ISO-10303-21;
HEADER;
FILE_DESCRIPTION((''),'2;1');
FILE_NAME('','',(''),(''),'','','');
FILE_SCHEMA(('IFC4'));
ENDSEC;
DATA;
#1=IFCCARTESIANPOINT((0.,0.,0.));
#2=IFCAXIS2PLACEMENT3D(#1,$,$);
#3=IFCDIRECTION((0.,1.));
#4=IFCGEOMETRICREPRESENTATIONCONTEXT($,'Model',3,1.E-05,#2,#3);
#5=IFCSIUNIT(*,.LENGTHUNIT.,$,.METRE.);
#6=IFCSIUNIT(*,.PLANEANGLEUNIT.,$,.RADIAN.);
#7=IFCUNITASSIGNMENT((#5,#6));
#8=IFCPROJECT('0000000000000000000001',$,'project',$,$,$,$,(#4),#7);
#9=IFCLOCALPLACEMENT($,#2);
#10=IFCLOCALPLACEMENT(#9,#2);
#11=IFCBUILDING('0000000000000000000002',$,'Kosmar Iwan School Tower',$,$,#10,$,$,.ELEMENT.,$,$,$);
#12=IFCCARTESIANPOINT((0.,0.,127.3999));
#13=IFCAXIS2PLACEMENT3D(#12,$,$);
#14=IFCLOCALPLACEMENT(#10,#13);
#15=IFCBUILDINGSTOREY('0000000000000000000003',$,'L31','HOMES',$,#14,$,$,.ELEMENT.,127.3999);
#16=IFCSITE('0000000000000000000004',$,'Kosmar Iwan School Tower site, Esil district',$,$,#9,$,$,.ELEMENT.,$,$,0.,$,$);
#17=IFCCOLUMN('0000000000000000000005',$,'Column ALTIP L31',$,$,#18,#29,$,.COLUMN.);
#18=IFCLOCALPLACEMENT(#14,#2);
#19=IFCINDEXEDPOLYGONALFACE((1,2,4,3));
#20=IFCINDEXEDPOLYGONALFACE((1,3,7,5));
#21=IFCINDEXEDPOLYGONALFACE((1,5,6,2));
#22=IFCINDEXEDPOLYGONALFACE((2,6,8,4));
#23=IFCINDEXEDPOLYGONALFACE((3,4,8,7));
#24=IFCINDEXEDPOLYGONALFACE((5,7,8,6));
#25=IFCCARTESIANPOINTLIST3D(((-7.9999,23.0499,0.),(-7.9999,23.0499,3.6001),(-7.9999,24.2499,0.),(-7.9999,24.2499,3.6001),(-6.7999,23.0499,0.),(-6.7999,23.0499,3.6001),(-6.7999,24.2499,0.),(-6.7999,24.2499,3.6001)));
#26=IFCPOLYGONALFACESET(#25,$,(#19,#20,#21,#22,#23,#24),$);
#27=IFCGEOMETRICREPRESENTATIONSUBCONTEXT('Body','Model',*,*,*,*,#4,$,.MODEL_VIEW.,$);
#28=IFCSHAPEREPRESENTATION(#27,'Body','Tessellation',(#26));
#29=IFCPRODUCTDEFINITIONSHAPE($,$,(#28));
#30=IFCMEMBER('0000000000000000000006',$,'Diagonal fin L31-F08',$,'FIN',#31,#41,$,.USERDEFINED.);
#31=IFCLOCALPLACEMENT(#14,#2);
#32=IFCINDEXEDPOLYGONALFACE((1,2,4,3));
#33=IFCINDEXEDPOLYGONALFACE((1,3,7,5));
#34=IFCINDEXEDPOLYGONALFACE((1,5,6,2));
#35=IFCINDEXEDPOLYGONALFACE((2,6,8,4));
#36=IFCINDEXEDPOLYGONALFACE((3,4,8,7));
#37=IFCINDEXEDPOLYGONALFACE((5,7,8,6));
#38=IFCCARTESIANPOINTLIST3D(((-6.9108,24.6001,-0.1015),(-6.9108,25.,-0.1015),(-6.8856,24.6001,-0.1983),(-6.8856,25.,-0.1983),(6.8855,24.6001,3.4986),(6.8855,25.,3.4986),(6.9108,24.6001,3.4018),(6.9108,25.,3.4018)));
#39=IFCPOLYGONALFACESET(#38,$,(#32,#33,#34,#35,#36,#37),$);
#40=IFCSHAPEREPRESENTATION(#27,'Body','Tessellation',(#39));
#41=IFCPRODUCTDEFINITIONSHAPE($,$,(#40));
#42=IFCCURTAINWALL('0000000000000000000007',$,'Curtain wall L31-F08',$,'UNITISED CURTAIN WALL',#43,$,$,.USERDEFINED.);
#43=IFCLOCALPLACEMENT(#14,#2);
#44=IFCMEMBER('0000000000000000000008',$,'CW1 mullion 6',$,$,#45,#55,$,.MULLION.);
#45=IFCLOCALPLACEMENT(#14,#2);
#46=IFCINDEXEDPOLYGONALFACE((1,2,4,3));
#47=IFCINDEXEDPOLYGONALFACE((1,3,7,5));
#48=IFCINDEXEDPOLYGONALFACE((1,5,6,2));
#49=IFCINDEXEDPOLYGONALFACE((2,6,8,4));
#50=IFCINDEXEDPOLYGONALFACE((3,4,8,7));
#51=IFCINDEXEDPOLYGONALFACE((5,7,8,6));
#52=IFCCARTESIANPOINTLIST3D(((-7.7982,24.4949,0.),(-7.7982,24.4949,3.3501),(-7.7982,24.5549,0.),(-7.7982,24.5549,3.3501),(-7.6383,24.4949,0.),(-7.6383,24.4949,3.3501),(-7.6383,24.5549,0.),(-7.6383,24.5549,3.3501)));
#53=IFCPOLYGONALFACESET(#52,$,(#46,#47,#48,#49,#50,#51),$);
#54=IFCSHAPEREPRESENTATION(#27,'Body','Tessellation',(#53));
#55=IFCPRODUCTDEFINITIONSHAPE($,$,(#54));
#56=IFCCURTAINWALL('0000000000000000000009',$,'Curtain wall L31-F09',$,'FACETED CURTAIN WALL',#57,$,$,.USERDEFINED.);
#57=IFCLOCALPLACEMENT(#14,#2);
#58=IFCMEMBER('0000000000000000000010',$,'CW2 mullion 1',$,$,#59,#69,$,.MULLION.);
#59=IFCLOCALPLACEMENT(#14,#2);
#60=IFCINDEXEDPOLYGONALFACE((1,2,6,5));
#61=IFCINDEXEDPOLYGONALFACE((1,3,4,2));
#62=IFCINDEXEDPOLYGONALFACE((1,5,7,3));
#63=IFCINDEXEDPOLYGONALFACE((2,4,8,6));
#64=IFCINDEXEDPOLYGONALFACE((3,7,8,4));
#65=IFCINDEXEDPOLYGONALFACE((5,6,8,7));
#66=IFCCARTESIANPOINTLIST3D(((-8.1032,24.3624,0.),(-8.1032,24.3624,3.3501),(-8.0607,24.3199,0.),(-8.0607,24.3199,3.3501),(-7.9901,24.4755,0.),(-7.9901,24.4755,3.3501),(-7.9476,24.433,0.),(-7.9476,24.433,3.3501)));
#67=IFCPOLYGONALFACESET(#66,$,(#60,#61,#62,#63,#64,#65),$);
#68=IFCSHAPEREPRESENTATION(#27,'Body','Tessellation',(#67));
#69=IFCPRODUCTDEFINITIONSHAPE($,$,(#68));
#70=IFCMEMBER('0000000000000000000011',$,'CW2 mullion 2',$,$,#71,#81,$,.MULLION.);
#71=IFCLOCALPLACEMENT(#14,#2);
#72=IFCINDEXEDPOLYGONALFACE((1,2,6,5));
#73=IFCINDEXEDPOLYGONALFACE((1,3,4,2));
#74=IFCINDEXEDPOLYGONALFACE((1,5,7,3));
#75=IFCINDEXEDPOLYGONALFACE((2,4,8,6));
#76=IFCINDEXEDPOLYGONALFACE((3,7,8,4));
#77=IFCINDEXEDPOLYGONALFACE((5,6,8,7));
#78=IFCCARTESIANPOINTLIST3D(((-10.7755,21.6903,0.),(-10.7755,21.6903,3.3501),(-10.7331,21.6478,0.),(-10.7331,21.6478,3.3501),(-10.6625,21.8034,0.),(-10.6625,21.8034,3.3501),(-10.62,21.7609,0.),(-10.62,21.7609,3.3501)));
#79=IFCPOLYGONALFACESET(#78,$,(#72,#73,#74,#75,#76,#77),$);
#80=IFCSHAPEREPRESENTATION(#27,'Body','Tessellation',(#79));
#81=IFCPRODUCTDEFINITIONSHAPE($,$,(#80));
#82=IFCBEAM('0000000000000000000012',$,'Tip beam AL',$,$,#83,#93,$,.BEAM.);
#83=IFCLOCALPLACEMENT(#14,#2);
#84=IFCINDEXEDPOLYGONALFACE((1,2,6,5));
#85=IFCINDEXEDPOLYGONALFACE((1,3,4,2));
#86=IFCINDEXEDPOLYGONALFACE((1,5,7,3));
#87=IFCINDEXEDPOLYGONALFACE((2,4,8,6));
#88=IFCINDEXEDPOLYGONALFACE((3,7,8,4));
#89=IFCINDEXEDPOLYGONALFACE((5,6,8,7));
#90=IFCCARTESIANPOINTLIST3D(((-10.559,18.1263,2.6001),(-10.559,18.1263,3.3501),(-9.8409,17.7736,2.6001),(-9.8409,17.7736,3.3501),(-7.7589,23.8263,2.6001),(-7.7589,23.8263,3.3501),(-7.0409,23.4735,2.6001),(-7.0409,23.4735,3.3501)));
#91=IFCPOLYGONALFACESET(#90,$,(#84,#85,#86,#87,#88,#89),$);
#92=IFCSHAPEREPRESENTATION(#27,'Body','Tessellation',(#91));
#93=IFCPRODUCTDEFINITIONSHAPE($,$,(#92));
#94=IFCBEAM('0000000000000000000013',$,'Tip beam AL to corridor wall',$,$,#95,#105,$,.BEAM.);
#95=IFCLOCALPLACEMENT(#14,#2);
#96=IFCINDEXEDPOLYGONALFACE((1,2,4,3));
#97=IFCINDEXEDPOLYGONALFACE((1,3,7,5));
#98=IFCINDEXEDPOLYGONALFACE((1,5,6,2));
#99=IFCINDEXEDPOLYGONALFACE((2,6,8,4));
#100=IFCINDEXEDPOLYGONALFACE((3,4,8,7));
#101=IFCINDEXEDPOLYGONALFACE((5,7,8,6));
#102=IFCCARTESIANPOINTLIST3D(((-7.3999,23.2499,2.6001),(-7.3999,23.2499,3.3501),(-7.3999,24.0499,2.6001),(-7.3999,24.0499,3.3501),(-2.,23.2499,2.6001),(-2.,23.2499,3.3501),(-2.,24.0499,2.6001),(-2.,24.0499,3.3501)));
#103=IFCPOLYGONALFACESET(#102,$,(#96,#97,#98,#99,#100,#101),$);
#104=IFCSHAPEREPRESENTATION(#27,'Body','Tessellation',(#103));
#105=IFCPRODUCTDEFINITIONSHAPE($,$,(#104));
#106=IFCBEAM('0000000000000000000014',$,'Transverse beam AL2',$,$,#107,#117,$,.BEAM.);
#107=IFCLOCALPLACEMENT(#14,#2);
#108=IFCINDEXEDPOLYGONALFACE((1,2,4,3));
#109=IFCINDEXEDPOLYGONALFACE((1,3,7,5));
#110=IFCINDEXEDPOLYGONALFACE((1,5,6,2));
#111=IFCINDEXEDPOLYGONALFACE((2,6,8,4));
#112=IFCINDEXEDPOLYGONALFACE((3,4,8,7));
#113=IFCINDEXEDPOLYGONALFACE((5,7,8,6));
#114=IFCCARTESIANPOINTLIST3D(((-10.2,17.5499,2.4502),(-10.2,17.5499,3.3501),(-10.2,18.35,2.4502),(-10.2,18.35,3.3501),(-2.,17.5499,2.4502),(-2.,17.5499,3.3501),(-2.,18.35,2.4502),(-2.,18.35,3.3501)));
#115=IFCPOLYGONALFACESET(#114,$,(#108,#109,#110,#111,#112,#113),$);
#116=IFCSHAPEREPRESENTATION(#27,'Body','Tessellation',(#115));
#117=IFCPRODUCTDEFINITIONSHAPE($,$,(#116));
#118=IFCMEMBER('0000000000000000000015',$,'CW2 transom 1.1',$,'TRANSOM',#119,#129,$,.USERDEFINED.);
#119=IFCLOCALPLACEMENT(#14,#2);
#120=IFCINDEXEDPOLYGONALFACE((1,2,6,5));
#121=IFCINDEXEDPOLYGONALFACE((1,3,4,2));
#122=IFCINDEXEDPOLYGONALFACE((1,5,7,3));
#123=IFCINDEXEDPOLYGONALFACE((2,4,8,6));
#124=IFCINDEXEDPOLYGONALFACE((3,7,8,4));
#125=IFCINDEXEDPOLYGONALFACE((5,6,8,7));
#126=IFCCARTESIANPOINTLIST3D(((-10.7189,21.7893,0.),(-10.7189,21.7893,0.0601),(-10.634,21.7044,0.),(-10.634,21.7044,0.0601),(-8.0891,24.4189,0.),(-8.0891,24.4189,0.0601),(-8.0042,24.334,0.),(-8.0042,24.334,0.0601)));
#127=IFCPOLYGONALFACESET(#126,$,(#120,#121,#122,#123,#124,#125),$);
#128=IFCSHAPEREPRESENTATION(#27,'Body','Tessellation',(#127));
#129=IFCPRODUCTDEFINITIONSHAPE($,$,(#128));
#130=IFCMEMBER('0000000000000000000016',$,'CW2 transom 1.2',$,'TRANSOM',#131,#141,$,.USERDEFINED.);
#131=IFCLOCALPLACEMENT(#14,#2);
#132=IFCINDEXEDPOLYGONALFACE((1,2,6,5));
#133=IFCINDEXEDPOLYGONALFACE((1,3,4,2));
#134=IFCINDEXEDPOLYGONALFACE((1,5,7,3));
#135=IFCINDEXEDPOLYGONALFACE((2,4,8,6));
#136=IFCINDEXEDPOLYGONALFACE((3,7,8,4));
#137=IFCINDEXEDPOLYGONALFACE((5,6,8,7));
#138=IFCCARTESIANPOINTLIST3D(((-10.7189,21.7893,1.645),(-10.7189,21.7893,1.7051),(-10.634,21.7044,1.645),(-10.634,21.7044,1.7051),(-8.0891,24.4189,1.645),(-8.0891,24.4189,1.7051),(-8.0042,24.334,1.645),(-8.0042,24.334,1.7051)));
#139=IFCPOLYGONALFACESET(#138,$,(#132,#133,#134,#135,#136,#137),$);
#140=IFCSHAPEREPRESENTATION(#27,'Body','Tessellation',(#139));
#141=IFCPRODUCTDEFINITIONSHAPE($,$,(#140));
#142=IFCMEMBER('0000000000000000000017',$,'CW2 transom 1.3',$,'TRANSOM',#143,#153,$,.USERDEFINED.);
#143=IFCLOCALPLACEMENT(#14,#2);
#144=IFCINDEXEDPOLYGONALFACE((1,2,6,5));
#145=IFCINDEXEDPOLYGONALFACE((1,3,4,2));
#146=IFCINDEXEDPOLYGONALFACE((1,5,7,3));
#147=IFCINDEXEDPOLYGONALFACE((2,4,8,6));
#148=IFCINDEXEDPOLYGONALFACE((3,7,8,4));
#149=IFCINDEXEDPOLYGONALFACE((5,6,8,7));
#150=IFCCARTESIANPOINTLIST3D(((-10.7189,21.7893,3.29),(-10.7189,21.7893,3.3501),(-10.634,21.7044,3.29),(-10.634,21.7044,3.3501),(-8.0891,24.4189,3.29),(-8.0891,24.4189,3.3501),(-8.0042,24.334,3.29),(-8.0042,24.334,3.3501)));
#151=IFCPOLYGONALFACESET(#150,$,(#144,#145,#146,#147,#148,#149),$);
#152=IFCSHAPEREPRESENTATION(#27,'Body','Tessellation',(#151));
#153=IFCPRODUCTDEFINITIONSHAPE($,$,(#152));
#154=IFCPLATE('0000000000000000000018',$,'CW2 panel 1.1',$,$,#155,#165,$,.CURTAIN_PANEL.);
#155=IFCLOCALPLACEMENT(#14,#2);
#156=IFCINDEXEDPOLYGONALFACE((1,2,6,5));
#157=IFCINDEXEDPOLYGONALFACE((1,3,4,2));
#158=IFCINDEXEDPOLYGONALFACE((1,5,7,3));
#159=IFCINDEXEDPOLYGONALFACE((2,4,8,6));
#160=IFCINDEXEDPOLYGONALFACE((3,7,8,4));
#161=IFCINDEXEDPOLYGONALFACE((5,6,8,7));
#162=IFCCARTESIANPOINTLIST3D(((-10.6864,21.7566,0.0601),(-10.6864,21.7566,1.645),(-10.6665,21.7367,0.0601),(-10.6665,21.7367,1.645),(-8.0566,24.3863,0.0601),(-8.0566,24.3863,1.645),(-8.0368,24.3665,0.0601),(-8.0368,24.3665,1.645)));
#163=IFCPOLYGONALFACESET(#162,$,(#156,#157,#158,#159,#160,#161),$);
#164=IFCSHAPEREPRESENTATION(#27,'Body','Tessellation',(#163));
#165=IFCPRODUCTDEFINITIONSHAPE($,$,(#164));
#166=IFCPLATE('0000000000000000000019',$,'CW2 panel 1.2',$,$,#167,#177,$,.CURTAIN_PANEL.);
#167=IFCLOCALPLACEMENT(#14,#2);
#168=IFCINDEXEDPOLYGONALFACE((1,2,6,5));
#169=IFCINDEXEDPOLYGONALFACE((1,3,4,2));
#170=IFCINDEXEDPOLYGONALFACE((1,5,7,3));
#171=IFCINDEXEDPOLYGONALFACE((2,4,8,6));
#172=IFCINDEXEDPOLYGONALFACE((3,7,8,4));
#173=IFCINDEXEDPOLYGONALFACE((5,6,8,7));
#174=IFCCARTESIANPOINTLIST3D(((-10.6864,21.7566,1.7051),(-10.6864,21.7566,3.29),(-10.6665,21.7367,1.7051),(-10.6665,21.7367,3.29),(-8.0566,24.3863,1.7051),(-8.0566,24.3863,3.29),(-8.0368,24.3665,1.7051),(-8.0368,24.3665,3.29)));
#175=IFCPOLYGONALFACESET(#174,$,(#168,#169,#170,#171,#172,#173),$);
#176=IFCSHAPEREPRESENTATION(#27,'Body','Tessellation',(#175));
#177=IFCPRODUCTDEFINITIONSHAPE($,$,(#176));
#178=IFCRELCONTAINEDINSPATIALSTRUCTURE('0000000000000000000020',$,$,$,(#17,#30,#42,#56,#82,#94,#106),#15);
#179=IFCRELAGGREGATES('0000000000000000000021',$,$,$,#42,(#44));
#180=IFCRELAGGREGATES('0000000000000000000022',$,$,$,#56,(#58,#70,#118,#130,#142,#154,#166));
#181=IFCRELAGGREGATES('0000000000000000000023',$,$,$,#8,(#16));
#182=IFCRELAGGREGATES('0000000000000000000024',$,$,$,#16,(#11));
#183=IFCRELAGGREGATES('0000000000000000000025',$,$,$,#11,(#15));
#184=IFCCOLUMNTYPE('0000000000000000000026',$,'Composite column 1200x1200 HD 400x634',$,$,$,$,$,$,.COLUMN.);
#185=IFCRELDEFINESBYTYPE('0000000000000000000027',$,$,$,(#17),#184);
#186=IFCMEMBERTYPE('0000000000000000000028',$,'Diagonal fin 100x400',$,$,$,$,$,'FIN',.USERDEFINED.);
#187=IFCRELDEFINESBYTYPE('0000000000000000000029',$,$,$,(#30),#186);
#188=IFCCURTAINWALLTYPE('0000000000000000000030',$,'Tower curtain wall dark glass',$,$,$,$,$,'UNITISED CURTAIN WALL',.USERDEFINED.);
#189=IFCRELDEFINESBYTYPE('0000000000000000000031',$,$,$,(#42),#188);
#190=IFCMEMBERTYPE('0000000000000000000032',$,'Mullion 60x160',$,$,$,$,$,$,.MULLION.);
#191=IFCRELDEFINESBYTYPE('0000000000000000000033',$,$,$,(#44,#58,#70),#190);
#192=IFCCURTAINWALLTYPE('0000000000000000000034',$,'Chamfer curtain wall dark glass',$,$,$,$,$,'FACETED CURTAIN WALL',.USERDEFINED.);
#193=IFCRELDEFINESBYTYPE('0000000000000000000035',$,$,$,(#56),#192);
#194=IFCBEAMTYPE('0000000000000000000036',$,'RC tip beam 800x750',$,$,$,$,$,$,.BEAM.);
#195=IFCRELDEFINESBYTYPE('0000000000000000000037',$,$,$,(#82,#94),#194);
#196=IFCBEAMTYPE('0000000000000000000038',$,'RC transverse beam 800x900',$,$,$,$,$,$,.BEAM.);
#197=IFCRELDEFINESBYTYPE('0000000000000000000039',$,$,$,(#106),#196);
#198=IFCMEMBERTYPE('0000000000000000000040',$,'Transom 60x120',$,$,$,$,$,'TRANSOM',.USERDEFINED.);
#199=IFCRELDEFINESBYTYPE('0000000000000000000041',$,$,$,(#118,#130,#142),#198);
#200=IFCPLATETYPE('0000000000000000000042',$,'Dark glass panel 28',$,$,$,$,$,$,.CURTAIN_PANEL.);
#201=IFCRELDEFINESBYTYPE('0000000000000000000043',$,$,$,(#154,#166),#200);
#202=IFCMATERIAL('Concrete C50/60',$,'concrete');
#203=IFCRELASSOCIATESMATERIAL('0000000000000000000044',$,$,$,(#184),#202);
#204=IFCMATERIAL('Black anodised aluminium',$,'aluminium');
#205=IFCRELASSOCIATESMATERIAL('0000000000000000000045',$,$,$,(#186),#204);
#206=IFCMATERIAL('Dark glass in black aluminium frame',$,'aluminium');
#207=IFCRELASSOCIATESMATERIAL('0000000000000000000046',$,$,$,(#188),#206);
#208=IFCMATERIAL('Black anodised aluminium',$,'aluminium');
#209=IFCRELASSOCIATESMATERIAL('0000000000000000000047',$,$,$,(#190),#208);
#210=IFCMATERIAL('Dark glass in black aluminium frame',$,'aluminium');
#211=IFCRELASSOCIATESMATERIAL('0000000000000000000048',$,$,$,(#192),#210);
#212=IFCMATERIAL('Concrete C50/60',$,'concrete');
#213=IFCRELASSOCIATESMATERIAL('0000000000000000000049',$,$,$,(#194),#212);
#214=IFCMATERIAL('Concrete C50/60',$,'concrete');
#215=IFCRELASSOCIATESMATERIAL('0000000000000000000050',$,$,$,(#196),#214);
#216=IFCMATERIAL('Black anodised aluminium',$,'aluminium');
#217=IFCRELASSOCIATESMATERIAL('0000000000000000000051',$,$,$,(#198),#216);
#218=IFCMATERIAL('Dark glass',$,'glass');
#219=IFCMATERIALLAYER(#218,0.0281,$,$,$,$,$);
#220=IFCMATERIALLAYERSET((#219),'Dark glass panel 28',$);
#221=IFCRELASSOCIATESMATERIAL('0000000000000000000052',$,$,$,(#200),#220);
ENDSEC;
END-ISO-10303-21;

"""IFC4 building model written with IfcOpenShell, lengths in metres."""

from ifc_helpers import new_model, si_unit, direction, frame, origin, origin_2d, place, context, subcontext, project, spatial, rectangle, extrude, material, layer, layer_set, material_profile, profile_set, type_object, element, aggregate, save


model = new_model("IFC4")

# Units and contexts
model_context = context("Model", 3, precision=1e-05, world=origin(), true_north=direction((0.0, 1.0)))
body_context = subcontext(model_context, "Body", "Model", "MODEL_VIEW")
ifc_project = project(units=[si_unit("LENGTHUNIT", "METRE"), si_unit("PLANEANGLEUNIT", "RADIAN")], contexts=[model_context])

# Site, building, storey
site_placement = place(None, origin())
site = spatial("IfcSite", under=ifc_project, at=site_placement, Name="Kosmar Iwan School Tower site, Esil district", CompositionType="ELEMENT", RefElevation=0.0)
building_placement = place(site_placement, origin())
building = spatial("IfcBuilding", under=site, at=building_placement, Name="Kosmar Iwan School Tower", CompositionType="ELEMENT")
storey_placement = place(building_placement, frame((0.0, 0.0, 127.3999)))
storey = spatial("IfcBuildingStorey", under=building, at=storey_placement, Name="L31", Description="HOMES", CompositionType="ELEMENT", Elevation=127.3999)

# Column
ifc_material_1 = material(Name="Concrete C50/60", Category="concrete")
ifc_material_profile_1 = material_profile(ifc_material_1, rectangle(XDim=1.2, YDim=1.2, at=origin_2d()), Name="RC 1200x1200 + HD 400x634")
ifc_profile_set_1 = profile_set([ifc_material_profile_1], Name="Concrete C50/60")
column_type = type_object("IfcColumnType", Name="Composite column 1200x1200 HD 400x634", PredefinedType="COLUMN", material=ifc_profile_set_1)
column_placement = place(storey_placement, frame((-7.3999, 23.6499, 0.0), z_axis=(0.0, 0.0, 1.0), x_axis=(0.0, 1.0, 0.0)))
element("IfcColumn", 1, at=column_placement, inside=storey, type_object=column_type, Name="Column ALTIP L31", PredefinedType="COLUMN", context=body_context, shape_type="SweptSolid", body=[
    extrude(rectangle(XDim=1.2, YDim=1.2, at=origin_2d()), origin(), (0.0, 0.0, 1.0), 3.6001),
])

# Member
ifc_material_2 = material(Name="Black anodised aluminium", Category="aluminium")
ifc_material_profile_2 = material_profile(ifc_material_2, rectangle(XDim=0.1001, YDim=0.3999, at=origin_2d()), Name="FIN 100x400")
ifc_profile_set_2 = profile_set([ifc_material_profile_2], Name="Black anodised aluminium")
member_type_1 = type_object("IfcMemberType", Name="Diagonal fin 100x400", ElementType="FIN", PredefinedType="USERDEFINED", material=ifc_profile_set_2)
member_1_placement = place(storey_placement, frame((-6.8982, 24.8, -0.1499), z_axis=(0.967599, 0.0, 0.25249), x_axis=(-0.25249, 0.0, 0.967599)))
element("IfcMember", 2, at=member_1_placement, inside=storey, type_object=member_type_1, Name="Diagonal fin L31-F08", ObjectType="FIN", PredefinedType="USERDEFINED", context=body_context, shape_type="SweptSolid", body=[
    extrude(rectangle(XDim=0.1001, YDim=0.3999, at=origin_2d()), origin(), (0.0, 0.0, 1.0), 14.2583),
])

# Curtain wall, member
ifc_material_3 = material(Name="Dark glass in black aluminium frame", Category="aluminium")
curtain_wall_type_1 = type_object("IfcCurtainWallType", Name="Tower curtain wall dark glass", ElementType="UNITISED CURTAIN WALL", PredefinedType="USERDEFINED", material=ifc_material_3)
curtain_wall_1_placement = place(storey_placement, origin())
curtain_wall_1 = element("IfcCurtainWall", 3, at=curtain_wall_1_placement, inside=storey, type_object=curtain_wall_type_1, Name="Curtain wall L31-F08", ObjectType="UNITISED CURTAIN WALL", PredefinedType="USERDEFINED")
ifc_material_4 = material(Name="Black anodised aluminium", Category="aluminium")
ifc_material_profile_3 = material_profile(ifc_material_4, rectangle(XDim=0.0601, YDim=0.1599, at=origin_2d()), Name="MULLION 60x160")
ifc_profile_set_3 = profile_set([ifc_material_profile_3], Name="Black anodised aluminium")
member_type_2 = type_object("IfcMemberType", Name="Mullion 60x160", PredefinedType="MULLION", material=ifc_profile_set_3)
member_2_placement = place(storey_placement, frame((-7.7183, 24.5249, 0.0), z_axis=(0.0, 0.0, 1.0), x_axis=(0.0, -1.0, 0.0)))
member_2 = element("IfcMember", 4, at=member_2_placement, type_object=member_type_2, Name="CW1 mullion 6", PredefinedType="MULLION", context=body_context, shape_type="SweptSolid", body=[
    extrude(rectangle(XDim=0.0601, YDim=0.1599, at=origin_2d()), origin(), (0.0, 0.0, 1.0), 3.3501),
])
aggregate(curtain_wall_1, [member_2])

# Curtain wall, members
ifc_material_5 = material(Name="Dark glass in black aluminium frame", Category="aluminium")
curtain_wall_type_2 = type_object("IfcCurtainWallType", Name="Chamfer curtain wall dark glass", ElementType="FACETED CURTAIN WALL", PredefinedType="USERDEFINED", material=ifc_material_5)
curtain_wall_2_placement = place(storey_placement, origin())
curtain_wall_2 = element("IfcCurtainWall", 5, at=curtain_wall_2_placement, inside=storey, type_object=curtain_wall_type_2, Name="Curtain wall L31-F09", ObjectType="FACETED CURTAIN WALL", PredefinedType="USERDEFINED")
member_3_placement = place(storey_placement, frame((-8.0254, 24.3977, 0.0), z_axis=(0.0, 0.0, 1.0), x_axis=(0.707107, -0.707107, 0.0)))
member_3 = element("IfcMember", 6, at=member_3_placement, type_object=member_type_2, Name="CW2 mullion 1", PredefinedType="MULLION", context=body_context, shape_type="SweptSolid", body=[
    extrude(rectangle(XDim=0.0601, YDim=0.1599, at=origin_2d()), origin(), (0.0, 0.0, 1.0), 3.3501),
])
member_4_placement = place(storey_placement, frame((-10.6978, 21.7256, 0.0), z_axis=(0.0, 0.0, 1.0), x_axis=(0.707107, -0.707107, 0.0)))
member_4 = element("IfcMember", 7, at=member_4_placement, type_object=member_type_2, Name="CW2 mullion 2", PredefinedType="MULLION", context=body_context, shape_type="SweptSolid", body=[
    extrude(rectangle(XDim=0.0601, YDim=0.1599, at=origin_2d()), origin(), (0.0, 0.0, 1.0), 3.3501),
])

# Beams
ifc_material_6 = material(Name="Concrete C50/60", Category="concrete")
ifc_material_profile_4 = material_profile(ifc_material_6, rectangle(XDim=0.8, YDim=0.75, at=origin_2d()), Name="RC 800x750")
ifc_profile_set_4 = profile_set([ifc_material_profile_4], Name="Concrete C50/60")
beam_type_1 = type_object("IfcBeamType", Name="RC tip beam 800x750", PredefinedType="BEAM", material=ifc_profile_set_4)
beam_1_placement = place(storey_placement, frame((-10.2, 17.95, 2.9751), z_axis=(0.440913, 0.89755, 0.0), x_axis=(-0.89755, 0.440913, 0.0)))
element("IfcBeam", 8, at=beam_1_placement, inside=storey, type_object=beam_type_1, Name="Tip beam AL", PredefinedType="BEAM", context=body_context, shape_type="SweptSolid", body=[
    extrude(rectangle(XDim=0.8, YDim=0.75, at=origin_2d()), origin(), (0.0, 0.0, 1.0), 6.3506),
])
beam_2_placement = place(storey_placement, frame((-7.3999, 23.6499, 2.9751), z_axis=(1.0, 0.0, 0.0), x_axis=(0.0, 1.0, 0.0)))
element("IfcBeam", 9, at=beam_2_placement, inside=storey, type_object=beam_type_1, Name="Tip beam AL to corridor wall", PredefinedType="BEAM", context=body_context, shape_type="SweptSolid", body=[
    extrude(rectangle(XDim=0.8, YDim=0.75, at=origin_2d()), origin(), (0.0, 0.0, 1.0), 5.3999),
])
ifc_material_7 = material(Name="Concrete C50/60", Category="concrete")
ifc_material_profile_5 = material_profile(ifc_material_7, rectangle(XDim=0.8, YDim=0.8999, at=origin_2d()), Name="RC 800x900")
ifc_profile_set_5 = profile_set([ifc_material_profile_5], Name="Concrete C50/60")
beam_type_2 = type_object("IfcBeamType", Name="RC transverse beam 800x900", PredefinedType="BEAM", material=ifc_profile_set_5)
beam_3_placement = place(storey_placement, frame((-10.2, 17.95, 2.9001), z_axis=(1.0, 0.0, 0.0), x_axis=(0.0, 1.0, 0.0)))
element("IfcBeam", 10, at=beam_3_placement, inside=storey, type_object=beam_type_2, Name="Transverse beam AL2", PredefinedType="BEAM", context=body_context, shape_type="SweptSolid", body=[
    extrude(rectangle(XDim=0.8, YDim=0.8999, at=origin_2d()), origin(), (0.0, 0.0, 1.0), 8.2),
])

# Members
ifc_material_8 = material(Name="Black anodised aluminium", Category="aluminium")
ifc_material_profile_6 = material_profile(ifc_material_8, rectangle(XDim=0.1201, YDim=0.0601, at=origin_2d()), Name="TRANSOM 60x120")
ifc_profile_set_6 = profile_set([ifc_material_profile_6], Name="Black anodised aluminium")
member_type_3 = type_object("IfcMemberType", Name="Transom 60x120", ElementType="TRANSOM", PredefinedType="USERDEFINED", material=ifc_profile_set_6)
member_5_placement = place(storey_placement, frame((-8.0466, 24.3765, 0.03), z_axis=(-0.70714, -0.707074, 0.0), x_axis=(0.707074, -0.70714, 0.0)))
member_5 = element("IfcMember", 11, at=member_5_placement, type_object=member_type_3, Name="CW2 transom 1.1", ObjectType="TRANSOM", PredefinedType="USERDEFINED", context=body_context, shape_type="SweptSolid", body=[
    extrude(rectangle(XDim=0.1201, YDim=0.0601, at=origin_2d()), origin(), (0.0, 0.0, 1.0), 3.719),
])
member_6_placement = place(storey_placement, frame((-8.0466, 24.3765, 1.675), z_axis=(-0.70714, -0.707074, 0.0), x_axis=(0.707074, -0.70714, 0.0)))
member_6 = element("IfcMember", 12, at=member_6_placement, type_object=member_type_3, Name="CW2 transom 1.2", ObjectType="TRANSOM", PredefinedType="USERDEFINED", context=body_context, shape_type="SweptSolid", body=[
    extrude(rectangle(XDim=0.1201, YDim=0.0601, at=origin_2d()), origin(), (0.0, 0.0, 1.0), 3.719),
])
member_7_placement = place(storey_placement, frame((-8.0466, 24.3765, 3.3201), z_axis=(-0.70714, -0.707074, 0.0), x_axis=(0.707074, -0.70714, 0.0)))
member_7 = element("IfcMember", 13, at=member_7_placement, type_object=member_type_3, Name="CW2 transom 1.3", ObjectType="TRANSOM", PredefinedType="USERDEFINED", context=body_context, shape_type="SweptSolid", body=[
    extrude(rectangle(XDim=0.1201, YDim=0.0601, at=origin_2d()), origin(), (0.0, 0.0, 1.0), 3.719),
])

# Plates
ifc_material_9 = material(Name="Dark glass", Category="glass")
ifc_layer = layer(ifc_material_9, 0.0281)
ifc_layer_set = layer_set([ifc_layer], Name="Dark glass panel 28")
plate_type = type_object("IfcPlateType", Name="Dark glass panel 28", PredefinedType="CURTAIN_PANEL", material=ifc_layer_set)
plate_1_placement = place(storey_placement, frame((-9.3616, 23.0615, 0.0601), z_axis=(0.0, 0.0, 1.0), x_axis=(-0.707107, -0.707107, 0.0)))
plate_1 = element("IfcPlate", 14, at=plate_1_placement, type_object=plate_type, Name="CW2 panel 1.1", PredefinedType="CURTAIN_PANEL", context=body_context, shape_type="SweptSolid", body=[
    extrude(rectangle(XDim=3.719, YDim=0.0281, at=origin_2d()), origin(), (0.0, 0.0, 1.0), 1.585),
])
plate_2_placement = place(storey_placement, frame((-9.3616, 23.0615, 1.7051), z_axis=(0.0, 0.0, 1.0), x_axis=(-0.707107, -0.707107, 0.0)))
plate_2 = element("IfcPlate", 15, at=plate_2_placement, type_object=plate_type, Name="CW2 panel 1.2", PredefinedType="CURTAIN_PANEL", context=body_context, shape_type="SweptSolid", body=[
    extrude(rectangle(XDim=3.719, YDim=0.0281, at=origin_2d()), origin(), (0.0, 0.0, 1.0), 1.585),
])
aggregate(curtain_wall_2, [member_3, member_4, member_5, member_6, member_7, plate_1, plate_2])

save(model, "model.ifc")
